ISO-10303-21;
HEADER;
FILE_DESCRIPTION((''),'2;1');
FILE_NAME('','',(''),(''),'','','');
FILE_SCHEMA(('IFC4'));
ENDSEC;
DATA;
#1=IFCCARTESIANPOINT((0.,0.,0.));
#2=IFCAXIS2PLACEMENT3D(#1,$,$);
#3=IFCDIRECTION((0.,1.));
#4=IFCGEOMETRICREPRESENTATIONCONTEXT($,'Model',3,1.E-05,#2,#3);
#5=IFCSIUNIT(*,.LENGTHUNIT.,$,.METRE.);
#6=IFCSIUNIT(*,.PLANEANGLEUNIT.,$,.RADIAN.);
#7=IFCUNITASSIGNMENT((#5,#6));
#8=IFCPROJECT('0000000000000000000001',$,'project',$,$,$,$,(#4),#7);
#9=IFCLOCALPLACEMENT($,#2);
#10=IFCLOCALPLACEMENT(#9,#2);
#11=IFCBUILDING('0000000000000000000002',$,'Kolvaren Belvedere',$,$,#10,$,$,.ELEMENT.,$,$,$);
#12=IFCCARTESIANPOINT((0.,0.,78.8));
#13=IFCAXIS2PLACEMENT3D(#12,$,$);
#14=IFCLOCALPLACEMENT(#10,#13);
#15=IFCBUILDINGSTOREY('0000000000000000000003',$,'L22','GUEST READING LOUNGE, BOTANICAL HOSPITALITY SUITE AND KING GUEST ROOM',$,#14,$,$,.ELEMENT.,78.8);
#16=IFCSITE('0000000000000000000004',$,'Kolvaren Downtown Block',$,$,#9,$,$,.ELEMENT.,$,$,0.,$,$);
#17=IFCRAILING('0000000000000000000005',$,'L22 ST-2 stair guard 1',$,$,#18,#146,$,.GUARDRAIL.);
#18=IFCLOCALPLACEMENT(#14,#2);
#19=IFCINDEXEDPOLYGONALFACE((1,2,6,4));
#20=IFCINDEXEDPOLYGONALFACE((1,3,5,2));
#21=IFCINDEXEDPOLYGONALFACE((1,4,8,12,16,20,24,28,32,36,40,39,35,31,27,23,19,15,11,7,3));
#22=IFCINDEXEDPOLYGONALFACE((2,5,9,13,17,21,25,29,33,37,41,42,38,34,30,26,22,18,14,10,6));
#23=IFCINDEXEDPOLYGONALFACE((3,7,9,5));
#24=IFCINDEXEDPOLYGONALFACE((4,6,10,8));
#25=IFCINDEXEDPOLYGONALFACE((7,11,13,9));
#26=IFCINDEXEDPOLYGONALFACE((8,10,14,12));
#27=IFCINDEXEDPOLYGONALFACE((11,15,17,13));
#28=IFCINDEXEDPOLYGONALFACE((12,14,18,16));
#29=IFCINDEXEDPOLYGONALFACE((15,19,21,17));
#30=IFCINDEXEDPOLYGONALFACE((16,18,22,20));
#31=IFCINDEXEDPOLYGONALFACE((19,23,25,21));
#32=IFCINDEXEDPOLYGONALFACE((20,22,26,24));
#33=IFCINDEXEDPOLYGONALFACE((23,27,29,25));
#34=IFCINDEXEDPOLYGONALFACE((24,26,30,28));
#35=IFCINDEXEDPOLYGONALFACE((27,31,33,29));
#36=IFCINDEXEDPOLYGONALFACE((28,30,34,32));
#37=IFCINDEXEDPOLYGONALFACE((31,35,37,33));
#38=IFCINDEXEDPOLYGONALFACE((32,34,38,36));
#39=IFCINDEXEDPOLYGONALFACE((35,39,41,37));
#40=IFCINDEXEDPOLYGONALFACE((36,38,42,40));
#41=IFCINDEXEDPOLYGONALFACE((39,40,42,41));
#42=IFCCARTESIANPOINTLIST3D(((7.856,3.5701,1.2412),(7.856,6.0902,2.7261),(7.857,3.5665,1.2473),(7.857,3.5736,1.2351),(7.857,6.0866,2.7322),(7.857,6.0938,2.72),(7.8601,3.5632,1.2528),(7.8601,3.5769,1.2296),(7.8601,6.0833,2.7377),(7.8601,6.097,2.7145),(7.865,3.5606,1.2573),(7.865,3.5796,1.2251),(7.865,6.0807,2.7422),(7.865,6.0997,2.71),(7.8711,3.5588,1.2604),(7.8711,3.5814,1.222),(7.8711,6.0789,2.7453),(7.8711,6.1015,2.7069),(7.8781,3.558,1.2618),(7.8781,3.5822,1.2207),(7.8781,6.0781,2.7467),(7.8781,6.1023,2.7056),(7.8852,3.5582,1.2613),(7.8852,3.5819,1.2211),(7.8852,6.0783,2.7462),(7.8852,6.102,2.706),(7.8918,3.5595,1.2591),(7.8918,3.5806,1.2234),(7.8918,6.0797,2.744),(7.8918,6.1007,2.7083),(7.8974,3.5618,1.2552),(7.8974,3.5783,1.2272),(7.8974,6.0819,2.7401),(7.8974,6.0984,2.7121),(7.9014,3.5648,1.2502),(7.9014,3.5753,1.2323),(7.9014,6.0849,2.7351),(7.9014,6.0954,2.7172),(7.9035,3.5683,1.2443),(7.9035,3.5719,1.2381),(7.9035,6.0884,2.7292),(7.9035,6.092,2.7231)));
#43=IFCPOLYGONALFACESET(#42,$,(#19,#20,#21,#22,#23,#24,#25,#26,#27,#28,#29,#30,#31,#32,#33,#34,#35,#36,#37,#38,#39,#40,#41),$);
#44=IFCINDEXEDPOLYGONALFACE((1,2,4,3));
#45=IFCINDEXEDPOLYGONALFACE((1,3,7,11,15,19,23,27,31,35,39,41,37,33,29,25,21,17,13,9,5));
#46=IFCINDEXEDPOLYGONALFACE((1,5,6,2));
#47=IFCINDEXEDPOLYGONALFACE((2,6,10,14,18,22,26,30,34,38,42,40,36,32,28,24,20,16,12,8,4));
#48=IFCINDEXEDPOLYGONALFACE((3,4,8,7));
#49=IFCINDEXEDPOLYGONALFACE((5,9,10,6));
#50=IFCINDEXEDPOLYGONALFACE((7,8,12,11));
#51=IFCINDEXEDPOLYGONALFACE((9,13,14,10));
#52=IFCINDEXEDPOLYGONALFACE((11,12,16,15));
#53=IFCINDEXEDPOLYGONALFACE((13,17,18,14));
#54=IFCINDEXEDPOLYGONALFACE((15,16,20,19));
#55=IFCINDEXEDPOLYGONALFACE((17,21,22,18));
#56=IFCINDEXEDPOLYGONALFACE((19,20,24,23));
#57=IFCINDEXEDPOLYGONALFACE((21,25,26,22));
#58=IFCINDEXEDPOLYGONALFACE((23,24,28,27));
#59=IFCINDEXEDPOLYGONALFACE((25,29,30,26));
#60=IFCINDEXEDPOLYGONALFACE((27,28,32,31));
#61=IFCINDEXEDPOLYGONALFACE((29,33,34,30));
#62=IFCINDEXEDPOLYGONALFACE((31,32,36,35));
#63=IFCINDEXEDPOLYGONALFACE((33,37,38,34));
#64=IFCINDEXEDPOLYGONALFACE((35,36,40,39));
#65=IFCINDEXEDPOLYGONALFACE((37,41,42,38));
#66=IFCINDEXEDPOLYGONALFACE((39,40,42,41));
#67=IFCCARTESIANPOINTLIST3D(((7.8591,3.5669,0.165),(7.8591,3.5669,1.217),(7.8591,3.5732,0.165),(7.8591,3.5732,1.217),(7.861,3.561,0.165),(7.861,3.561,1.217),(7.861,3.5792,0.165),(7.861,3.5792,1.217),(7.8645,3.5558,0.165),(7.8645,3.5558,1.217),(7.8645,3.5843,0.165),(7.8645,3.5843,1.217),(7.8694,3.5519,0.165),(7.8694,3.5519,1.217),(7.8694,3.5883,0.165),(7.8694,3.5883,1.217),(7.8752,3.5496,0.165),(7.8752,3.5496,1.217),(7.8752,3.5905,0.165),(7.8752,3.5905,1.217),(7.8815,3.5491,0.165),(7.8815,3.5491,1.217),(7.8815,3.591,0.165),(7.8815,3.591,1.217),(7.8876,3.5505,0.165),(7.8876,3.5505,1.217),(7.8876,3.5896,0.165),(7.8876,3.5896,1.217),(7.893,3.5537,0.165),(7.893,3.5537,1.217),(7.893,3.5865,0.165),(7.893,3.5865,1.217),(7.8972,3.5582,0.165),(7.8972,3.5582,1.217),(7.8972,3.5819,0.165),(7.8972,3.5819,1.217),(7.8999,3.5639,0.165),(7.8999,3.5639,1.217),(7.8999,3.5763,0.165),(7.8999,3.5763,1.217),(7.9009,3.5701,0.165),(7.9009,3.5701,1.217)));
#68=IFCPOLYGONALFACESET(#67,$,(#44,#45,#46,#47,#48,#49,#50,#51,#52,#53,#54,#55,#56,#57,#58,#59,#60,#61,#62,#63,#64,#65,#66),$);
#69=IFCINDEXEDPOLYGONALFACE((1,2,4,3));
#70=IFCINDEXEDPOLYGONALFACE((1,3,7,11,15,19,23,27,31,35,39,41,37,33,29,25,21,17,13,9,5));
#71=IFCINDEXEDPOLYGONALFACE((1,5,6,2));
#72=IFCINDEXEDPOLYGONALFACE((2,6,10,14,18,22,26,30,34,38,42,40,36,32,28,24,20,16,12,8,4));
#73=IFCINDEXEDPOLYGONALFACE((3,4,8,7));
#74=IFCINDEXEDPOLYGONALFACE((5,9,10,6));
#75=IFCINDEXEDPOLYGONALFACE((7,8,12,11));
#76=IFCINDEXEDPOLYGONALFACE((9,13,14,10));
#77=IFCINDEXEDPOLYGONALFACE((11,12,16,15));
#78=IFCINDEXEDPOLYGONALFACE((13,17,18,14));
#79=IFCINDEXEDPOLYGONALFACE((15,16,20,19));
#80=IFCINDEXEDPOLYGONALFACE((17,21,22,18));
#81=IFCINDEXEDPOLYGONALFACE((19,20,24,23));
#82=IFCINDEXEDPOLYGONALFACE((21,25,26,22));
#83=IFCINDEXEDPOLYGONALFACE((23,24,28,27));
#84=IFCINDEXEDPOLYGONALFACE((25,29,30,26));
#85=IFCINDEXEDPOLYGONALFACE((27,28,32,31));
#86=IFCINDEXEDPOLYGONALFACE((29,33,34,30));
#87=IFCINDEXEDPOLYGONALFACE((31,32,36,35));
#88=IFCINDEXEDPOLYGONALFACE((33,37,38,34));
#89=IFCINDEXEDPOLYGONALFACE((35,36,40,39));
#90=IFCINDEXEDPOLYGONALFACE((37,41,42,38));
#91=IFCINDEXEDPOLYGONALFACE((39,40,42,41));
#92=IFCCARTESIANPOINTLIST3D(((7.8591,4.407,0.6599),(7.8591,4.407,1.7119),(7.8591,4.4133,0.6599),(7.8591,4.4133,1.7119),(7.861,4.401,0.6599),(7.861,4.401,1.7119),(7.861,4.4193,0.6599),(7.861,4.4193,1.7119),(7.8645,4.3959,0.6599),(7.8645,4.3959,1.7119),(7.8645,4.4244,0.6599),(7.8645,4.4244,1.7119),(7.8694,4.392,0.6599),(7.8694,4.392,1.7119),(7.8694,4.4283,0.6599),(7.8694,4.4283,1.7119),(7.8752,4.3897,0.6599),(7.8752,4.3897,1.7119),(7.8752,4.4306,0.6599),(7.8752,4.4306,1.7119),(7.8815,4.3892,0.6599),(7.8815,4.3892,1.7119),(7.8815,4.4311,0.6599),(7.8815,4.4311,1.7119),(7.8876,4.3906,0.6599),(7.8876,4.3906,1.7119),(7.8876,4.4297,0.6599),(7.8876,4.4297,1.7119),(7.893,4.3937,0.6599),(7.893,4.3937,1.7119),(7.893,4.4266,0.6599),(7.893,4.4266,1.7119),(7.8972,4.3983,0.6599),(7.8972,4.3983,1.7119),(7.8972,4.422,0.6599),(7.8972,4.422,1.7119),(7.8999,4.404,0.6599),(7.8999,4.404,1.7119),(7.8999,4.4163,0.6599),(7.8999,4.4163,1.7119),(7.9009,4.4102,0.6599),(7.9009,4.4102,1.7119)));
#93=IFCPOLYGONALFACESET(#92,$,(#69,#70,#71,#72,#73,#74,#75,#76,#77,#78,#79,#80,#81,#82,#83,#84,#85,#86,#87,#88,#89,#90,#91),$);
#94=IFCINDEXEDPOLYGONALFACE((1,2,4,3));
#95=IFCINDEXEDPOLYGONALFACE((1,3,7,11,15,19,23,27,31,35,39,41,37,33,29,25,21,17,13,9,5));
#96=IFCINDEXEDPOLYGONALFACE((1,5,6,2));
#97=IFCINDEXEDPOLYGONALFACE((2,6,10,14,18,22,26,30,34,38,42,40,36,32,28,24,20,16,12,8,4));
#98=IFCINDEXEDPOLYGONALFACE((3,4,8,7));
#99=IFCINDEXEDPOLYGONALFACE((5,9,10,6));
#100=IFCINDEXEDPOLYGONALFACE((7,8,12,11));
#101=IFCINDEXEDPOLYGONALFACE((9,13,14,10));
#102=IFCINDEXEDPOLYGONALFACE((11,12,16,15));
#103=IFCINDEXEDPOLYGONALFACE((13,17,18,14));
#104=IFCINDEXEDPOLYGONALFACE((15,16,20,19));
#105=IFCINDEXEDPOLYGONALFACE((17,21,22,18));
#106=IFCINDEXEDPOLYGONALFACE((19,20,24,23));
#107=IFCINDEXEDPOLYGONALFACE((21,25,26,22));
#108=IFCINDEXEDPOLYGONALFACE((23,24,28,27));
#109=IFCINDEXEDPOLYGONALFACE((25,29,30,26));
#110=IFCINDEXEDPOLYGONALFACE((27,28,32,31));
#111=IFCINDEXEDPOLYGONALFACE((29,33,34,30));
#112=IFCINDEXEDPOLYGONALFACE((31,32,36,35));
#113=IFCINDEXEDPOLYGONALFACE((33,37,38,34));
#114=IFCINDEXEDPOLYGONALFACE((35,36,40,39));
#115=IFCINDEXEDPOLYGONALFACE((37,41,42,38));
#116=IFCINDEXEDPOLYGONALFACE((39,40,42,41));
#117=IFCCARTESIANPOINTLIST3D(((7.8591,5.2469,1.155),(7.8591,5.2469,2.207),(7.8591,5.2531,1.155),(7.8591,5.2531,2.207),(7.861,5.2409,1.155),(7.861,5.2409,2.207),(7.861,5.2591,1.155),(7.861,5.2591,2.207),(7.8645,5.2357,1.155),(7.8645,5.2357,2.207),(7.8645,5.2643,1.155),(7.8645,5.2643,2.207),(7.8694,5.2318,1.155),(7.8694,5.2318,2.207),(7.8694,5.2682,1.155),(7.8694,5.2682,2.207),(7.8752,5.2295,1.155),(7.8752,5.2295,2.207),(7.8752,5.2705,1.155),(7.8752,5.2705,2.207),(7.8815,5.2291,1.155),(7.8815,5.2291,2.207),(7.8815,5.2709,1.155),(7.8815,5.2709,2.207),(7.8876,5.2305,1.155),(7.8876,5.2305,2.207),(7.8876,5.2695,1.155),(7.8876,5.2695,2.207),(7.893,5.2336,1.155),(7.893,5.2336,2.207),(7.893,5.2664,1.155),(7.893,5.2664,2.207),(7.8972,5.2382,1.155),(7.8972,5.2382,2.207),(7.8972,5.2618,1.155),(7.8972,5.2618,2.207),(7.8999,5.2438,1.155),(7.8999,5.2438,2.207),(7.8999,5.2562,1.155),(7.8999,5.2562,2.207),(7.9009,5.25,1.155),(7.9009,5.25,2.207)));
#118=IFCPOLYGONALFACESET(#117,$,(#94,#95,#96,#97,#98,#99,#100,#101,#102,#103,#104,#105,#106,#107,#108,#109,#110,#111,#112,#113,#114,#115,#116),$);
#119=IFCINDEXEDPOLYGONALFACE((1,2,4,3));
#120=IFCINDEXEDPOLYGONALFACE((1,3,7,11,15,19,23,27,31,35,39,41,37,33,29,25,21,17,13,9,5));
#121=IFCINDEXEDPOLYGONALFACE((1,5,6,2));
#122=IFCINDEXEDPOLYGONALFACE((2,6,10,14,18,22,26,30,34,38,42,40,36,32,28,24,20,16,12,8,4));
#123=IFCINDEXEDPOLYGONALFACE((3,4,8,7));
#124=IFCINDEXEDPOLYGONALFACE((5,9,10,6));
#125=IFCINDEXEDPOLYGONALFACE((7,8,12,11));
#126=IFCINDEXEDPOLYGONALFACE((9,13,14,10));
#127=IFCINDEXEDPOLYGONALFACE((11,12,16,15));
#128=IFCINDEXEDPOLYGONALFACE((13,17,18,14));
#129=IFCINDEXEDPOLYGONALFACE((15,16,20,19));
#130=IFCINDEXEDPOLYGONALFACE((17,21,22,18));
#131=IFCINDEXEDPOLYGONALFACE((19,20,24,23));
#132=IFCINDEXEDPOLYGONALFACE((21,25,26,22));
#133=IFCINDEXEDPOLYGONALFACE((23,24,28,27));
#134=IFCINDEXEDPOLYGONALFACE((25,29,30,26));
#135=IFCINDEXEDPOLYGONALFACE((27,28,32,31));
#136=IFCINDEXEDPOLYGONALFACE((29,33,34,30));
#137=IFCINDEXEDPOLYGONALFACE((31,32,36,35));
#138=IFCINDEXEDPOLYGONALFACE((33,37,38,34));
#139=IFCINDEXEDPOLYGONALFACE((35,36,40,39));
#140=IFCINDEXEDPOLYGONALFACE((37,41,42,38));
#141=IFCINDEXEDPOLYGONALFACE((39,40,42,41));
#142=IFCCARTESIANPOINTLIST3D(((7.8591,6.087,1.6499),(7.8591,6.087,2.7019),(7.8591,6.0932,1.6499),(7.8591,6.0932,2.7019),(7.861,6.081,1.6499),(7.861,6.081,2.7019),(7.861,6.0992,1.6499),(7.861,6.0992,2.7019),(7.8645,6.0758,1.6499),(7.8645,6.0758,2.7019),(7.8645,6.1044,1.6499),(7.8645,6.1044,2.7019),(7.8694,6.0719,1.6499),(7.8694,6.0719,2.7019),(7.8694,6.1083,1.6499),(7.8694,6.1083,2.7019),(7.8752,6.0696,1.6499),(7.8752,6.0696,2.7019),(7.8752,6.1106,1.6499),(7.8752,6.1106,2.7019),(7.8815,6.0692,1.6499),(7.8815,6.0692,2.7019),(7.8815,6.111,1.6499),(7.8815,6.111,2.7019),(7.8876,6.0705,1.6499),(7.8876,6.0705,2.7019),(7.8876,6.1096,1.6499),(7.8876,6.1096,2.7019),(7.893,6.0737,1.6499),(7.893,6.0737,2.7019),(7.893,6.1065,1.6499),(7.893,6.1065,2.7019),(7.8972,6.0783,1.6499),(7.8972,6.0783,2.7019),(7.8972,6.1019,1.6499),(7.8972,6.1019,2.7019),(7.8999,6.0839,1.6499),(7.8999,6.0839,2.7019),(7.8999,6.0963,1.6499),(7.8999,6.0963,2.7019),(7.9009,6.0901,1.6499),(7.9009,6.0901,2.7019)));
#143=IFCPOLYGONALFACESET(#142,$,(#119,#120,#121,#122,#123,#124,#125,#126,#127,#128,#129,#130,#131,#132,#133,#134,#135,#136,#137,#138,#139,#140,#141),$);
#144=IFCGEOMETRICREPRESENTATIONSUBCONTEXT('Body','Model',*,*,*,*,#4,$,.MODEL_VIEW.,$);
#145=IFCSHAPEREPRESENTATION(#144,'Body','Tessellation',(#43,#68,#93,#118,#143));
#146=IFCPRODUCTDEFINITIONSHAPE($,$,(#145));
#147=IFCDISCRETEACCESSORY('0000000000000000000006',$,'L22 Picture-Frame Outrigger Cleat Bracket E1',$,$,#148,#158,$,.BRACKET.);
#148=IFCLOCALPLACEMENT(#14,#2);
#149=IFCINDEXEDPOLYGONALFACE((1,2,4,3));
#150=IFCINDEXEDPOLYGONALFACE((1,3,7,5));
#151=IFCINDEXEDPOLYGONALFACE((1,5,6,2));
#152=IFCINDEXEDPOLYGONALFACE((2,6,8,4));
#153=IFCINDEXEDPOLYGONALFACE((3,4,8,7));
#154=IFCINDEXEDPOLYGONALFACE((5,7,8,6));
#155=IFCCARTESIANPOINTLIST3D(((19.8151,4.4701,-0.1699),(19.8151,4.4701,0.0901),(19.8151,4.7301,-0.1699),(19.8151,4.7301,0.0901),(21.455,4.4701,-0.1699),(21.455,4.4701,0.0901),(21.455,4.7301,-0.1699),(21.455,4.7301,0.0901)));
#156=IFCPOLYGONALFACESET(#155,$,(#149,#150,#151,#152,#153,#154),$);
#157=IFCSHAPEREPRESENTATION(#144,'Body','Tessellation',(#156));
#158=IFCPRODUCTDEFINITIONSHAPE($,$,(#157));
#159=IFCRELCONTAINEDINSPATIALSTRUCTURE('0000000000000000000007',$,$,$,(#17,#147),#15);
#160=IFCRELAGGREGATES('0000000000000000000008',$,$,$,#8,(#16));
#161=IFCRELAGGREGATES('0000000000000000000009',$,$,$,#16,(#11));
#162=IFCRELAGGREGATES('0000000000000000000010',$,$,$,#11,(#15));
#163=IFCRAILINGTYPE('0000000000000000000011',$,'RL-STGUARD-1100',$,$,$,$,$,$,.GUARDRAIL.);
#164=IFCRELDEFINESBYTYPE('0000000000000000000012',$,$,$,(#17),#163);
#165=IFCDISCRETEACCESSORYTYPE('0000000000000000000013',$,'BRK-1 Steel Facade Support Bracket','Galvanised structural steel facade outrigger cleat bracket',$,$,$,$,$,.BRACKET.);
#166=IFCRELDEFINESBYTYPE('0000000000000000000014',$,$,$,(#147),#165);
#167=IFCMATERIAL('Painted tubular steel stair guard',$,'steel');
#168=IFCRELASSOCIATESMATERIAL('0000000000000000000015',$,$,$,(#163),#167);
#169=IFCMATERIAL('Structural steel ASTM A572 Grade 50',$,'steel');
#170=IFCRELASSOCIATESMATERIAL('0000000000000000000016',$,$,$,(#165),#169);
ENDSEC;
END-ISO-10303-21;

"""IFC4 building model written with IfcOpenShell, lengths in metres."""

from ifc_helpers import new_model, si_unit, direction, frame, origin, origin_2d, place, context, subcontext, project, spatial, rectangle, circle, extrude, material, type_object, element, save


model = new_model("IFC4")

# Units and contexts
model_context = context("Model", 3, precision=1e-05, world=origin(), true_north=direction((0.0, 1.0)))
body_context = subcontext(model_context, "Body", "Model", "MODEL_VIEW")
ifc_project = project(units=[si_unit("LENGTHUNIT", "METRE"), si_unit("PLANEANGLEUNIT", "RADIAN")], contexts=[model_context])

# Site, building, storey
site_placement = place(None, origin())
site = spatial("IfcSite", under=ifc_project, at=site_placement, Name="Kolvaren Downtown Block", CompositionType="ELEMENT", RefElevation=0.0)
building_placement = place(site_placement, origin())
building = spatial("IfcBuilding", under=site, at=building_placement, Name="Kolvaren Belvedere", CompositionType="ELEMENT")
storey_placement = place(building_placement, frame((0.0, 0.0, 78.8)))
storey = spatial("IfcBuildingStorey", under=building, at=storey_placement, Name="L22", Description="GUEST READING LOUNGE, BOTANICAL HOSPITALITY SUITE AND KING GUEST ROOM", CompositionType="ELEMENT", Elevation=78.8)

# Railing
ifc_material_1 = material(Name="Painted tubular steel stair guard", Category="steel")
railing_type_1 = type_object("IfcRailingType", Name="RL-STGUARD-1100", PredefinedType="GUARDRAIL", material=ifc_material_1)
railing_1_placement = place(storey_placement, frame((7.8799, 3.5701, 0.165)))
element("IfcRailing", 1, at=railing_1_placement, inside=storey, type_object=railing_type_1, Name="L22 ST-2 stair guard 1", PredefinedType="GUARDRAIL", context=body_context, shape_type="SweptSolid", body=[
    extrude(circle(Radius=0.0239, at=origin_2d()), frame((0.0, 0.0, 1.0762), z_axis=(0.0, 0.861561, 0.507655), x_axis=(-1.0, 0.0, 0.0)), (0.0, 0.0, 1.0), 2.925),
    extrude(circle(Radius=0.021, at=origin_2d()), origin(), (0.0, 0.0, 1.0), 1.052),
    extrude(circle(Radius=0.021, at=origin_2d()), frame((0.0, 0.8401, 0.4949)), (0.0, 0.0, 1.0), 1.052),
    extrude(circle(Radius=0.021, at=origin_2d()), frame((0.0, 1.6799, 0.99)), (0.0, 0.0, 1.0), 1.052),
    extrude(circle(Radius=0.021, at=origin_2d()), frame((0.0, 2.52, 1.4849)), (0.0, 0.0, 1.0), 1.052),
])

# Discrete accessory
ifc_material_2 = material(Name="Structural steel ASTM A572 Grade 50", Category="steel")
discrete_accessory_type = type_object("IfcDiscreteAccessoryType", Name="BRK-1 Steel Facade Support Bracket", Description="Galvanised structural steel facade outrigger cleat bracket", PredefinedType="BRACKET", material=ifc_material_2)
discrete_accessory_placement = place(storey_placement, frame((20.635, 4.6001, -0.1699), z_axis=(0.0, 0.0, 1.0), x_axis=(1.0, 0.0, 0.0)))
element("IfcDiscreteAccessory", 2, at=discrete_accessory_placement, inside=storey, type_object=discrete_accessory_type, Name="L22 Picture-Frame Outrigger Cleat Bracket E1", PredefinedType="BRACKET", context=body_context, shape_type="SweptSolid", body=[
    extrude(rectangle(XDim=1.6399, YDim=0.26, at=origin_2d()), origin(), (0.0, 0.0, 1.0), 0.26),
])

save(model, "model.ifc")
